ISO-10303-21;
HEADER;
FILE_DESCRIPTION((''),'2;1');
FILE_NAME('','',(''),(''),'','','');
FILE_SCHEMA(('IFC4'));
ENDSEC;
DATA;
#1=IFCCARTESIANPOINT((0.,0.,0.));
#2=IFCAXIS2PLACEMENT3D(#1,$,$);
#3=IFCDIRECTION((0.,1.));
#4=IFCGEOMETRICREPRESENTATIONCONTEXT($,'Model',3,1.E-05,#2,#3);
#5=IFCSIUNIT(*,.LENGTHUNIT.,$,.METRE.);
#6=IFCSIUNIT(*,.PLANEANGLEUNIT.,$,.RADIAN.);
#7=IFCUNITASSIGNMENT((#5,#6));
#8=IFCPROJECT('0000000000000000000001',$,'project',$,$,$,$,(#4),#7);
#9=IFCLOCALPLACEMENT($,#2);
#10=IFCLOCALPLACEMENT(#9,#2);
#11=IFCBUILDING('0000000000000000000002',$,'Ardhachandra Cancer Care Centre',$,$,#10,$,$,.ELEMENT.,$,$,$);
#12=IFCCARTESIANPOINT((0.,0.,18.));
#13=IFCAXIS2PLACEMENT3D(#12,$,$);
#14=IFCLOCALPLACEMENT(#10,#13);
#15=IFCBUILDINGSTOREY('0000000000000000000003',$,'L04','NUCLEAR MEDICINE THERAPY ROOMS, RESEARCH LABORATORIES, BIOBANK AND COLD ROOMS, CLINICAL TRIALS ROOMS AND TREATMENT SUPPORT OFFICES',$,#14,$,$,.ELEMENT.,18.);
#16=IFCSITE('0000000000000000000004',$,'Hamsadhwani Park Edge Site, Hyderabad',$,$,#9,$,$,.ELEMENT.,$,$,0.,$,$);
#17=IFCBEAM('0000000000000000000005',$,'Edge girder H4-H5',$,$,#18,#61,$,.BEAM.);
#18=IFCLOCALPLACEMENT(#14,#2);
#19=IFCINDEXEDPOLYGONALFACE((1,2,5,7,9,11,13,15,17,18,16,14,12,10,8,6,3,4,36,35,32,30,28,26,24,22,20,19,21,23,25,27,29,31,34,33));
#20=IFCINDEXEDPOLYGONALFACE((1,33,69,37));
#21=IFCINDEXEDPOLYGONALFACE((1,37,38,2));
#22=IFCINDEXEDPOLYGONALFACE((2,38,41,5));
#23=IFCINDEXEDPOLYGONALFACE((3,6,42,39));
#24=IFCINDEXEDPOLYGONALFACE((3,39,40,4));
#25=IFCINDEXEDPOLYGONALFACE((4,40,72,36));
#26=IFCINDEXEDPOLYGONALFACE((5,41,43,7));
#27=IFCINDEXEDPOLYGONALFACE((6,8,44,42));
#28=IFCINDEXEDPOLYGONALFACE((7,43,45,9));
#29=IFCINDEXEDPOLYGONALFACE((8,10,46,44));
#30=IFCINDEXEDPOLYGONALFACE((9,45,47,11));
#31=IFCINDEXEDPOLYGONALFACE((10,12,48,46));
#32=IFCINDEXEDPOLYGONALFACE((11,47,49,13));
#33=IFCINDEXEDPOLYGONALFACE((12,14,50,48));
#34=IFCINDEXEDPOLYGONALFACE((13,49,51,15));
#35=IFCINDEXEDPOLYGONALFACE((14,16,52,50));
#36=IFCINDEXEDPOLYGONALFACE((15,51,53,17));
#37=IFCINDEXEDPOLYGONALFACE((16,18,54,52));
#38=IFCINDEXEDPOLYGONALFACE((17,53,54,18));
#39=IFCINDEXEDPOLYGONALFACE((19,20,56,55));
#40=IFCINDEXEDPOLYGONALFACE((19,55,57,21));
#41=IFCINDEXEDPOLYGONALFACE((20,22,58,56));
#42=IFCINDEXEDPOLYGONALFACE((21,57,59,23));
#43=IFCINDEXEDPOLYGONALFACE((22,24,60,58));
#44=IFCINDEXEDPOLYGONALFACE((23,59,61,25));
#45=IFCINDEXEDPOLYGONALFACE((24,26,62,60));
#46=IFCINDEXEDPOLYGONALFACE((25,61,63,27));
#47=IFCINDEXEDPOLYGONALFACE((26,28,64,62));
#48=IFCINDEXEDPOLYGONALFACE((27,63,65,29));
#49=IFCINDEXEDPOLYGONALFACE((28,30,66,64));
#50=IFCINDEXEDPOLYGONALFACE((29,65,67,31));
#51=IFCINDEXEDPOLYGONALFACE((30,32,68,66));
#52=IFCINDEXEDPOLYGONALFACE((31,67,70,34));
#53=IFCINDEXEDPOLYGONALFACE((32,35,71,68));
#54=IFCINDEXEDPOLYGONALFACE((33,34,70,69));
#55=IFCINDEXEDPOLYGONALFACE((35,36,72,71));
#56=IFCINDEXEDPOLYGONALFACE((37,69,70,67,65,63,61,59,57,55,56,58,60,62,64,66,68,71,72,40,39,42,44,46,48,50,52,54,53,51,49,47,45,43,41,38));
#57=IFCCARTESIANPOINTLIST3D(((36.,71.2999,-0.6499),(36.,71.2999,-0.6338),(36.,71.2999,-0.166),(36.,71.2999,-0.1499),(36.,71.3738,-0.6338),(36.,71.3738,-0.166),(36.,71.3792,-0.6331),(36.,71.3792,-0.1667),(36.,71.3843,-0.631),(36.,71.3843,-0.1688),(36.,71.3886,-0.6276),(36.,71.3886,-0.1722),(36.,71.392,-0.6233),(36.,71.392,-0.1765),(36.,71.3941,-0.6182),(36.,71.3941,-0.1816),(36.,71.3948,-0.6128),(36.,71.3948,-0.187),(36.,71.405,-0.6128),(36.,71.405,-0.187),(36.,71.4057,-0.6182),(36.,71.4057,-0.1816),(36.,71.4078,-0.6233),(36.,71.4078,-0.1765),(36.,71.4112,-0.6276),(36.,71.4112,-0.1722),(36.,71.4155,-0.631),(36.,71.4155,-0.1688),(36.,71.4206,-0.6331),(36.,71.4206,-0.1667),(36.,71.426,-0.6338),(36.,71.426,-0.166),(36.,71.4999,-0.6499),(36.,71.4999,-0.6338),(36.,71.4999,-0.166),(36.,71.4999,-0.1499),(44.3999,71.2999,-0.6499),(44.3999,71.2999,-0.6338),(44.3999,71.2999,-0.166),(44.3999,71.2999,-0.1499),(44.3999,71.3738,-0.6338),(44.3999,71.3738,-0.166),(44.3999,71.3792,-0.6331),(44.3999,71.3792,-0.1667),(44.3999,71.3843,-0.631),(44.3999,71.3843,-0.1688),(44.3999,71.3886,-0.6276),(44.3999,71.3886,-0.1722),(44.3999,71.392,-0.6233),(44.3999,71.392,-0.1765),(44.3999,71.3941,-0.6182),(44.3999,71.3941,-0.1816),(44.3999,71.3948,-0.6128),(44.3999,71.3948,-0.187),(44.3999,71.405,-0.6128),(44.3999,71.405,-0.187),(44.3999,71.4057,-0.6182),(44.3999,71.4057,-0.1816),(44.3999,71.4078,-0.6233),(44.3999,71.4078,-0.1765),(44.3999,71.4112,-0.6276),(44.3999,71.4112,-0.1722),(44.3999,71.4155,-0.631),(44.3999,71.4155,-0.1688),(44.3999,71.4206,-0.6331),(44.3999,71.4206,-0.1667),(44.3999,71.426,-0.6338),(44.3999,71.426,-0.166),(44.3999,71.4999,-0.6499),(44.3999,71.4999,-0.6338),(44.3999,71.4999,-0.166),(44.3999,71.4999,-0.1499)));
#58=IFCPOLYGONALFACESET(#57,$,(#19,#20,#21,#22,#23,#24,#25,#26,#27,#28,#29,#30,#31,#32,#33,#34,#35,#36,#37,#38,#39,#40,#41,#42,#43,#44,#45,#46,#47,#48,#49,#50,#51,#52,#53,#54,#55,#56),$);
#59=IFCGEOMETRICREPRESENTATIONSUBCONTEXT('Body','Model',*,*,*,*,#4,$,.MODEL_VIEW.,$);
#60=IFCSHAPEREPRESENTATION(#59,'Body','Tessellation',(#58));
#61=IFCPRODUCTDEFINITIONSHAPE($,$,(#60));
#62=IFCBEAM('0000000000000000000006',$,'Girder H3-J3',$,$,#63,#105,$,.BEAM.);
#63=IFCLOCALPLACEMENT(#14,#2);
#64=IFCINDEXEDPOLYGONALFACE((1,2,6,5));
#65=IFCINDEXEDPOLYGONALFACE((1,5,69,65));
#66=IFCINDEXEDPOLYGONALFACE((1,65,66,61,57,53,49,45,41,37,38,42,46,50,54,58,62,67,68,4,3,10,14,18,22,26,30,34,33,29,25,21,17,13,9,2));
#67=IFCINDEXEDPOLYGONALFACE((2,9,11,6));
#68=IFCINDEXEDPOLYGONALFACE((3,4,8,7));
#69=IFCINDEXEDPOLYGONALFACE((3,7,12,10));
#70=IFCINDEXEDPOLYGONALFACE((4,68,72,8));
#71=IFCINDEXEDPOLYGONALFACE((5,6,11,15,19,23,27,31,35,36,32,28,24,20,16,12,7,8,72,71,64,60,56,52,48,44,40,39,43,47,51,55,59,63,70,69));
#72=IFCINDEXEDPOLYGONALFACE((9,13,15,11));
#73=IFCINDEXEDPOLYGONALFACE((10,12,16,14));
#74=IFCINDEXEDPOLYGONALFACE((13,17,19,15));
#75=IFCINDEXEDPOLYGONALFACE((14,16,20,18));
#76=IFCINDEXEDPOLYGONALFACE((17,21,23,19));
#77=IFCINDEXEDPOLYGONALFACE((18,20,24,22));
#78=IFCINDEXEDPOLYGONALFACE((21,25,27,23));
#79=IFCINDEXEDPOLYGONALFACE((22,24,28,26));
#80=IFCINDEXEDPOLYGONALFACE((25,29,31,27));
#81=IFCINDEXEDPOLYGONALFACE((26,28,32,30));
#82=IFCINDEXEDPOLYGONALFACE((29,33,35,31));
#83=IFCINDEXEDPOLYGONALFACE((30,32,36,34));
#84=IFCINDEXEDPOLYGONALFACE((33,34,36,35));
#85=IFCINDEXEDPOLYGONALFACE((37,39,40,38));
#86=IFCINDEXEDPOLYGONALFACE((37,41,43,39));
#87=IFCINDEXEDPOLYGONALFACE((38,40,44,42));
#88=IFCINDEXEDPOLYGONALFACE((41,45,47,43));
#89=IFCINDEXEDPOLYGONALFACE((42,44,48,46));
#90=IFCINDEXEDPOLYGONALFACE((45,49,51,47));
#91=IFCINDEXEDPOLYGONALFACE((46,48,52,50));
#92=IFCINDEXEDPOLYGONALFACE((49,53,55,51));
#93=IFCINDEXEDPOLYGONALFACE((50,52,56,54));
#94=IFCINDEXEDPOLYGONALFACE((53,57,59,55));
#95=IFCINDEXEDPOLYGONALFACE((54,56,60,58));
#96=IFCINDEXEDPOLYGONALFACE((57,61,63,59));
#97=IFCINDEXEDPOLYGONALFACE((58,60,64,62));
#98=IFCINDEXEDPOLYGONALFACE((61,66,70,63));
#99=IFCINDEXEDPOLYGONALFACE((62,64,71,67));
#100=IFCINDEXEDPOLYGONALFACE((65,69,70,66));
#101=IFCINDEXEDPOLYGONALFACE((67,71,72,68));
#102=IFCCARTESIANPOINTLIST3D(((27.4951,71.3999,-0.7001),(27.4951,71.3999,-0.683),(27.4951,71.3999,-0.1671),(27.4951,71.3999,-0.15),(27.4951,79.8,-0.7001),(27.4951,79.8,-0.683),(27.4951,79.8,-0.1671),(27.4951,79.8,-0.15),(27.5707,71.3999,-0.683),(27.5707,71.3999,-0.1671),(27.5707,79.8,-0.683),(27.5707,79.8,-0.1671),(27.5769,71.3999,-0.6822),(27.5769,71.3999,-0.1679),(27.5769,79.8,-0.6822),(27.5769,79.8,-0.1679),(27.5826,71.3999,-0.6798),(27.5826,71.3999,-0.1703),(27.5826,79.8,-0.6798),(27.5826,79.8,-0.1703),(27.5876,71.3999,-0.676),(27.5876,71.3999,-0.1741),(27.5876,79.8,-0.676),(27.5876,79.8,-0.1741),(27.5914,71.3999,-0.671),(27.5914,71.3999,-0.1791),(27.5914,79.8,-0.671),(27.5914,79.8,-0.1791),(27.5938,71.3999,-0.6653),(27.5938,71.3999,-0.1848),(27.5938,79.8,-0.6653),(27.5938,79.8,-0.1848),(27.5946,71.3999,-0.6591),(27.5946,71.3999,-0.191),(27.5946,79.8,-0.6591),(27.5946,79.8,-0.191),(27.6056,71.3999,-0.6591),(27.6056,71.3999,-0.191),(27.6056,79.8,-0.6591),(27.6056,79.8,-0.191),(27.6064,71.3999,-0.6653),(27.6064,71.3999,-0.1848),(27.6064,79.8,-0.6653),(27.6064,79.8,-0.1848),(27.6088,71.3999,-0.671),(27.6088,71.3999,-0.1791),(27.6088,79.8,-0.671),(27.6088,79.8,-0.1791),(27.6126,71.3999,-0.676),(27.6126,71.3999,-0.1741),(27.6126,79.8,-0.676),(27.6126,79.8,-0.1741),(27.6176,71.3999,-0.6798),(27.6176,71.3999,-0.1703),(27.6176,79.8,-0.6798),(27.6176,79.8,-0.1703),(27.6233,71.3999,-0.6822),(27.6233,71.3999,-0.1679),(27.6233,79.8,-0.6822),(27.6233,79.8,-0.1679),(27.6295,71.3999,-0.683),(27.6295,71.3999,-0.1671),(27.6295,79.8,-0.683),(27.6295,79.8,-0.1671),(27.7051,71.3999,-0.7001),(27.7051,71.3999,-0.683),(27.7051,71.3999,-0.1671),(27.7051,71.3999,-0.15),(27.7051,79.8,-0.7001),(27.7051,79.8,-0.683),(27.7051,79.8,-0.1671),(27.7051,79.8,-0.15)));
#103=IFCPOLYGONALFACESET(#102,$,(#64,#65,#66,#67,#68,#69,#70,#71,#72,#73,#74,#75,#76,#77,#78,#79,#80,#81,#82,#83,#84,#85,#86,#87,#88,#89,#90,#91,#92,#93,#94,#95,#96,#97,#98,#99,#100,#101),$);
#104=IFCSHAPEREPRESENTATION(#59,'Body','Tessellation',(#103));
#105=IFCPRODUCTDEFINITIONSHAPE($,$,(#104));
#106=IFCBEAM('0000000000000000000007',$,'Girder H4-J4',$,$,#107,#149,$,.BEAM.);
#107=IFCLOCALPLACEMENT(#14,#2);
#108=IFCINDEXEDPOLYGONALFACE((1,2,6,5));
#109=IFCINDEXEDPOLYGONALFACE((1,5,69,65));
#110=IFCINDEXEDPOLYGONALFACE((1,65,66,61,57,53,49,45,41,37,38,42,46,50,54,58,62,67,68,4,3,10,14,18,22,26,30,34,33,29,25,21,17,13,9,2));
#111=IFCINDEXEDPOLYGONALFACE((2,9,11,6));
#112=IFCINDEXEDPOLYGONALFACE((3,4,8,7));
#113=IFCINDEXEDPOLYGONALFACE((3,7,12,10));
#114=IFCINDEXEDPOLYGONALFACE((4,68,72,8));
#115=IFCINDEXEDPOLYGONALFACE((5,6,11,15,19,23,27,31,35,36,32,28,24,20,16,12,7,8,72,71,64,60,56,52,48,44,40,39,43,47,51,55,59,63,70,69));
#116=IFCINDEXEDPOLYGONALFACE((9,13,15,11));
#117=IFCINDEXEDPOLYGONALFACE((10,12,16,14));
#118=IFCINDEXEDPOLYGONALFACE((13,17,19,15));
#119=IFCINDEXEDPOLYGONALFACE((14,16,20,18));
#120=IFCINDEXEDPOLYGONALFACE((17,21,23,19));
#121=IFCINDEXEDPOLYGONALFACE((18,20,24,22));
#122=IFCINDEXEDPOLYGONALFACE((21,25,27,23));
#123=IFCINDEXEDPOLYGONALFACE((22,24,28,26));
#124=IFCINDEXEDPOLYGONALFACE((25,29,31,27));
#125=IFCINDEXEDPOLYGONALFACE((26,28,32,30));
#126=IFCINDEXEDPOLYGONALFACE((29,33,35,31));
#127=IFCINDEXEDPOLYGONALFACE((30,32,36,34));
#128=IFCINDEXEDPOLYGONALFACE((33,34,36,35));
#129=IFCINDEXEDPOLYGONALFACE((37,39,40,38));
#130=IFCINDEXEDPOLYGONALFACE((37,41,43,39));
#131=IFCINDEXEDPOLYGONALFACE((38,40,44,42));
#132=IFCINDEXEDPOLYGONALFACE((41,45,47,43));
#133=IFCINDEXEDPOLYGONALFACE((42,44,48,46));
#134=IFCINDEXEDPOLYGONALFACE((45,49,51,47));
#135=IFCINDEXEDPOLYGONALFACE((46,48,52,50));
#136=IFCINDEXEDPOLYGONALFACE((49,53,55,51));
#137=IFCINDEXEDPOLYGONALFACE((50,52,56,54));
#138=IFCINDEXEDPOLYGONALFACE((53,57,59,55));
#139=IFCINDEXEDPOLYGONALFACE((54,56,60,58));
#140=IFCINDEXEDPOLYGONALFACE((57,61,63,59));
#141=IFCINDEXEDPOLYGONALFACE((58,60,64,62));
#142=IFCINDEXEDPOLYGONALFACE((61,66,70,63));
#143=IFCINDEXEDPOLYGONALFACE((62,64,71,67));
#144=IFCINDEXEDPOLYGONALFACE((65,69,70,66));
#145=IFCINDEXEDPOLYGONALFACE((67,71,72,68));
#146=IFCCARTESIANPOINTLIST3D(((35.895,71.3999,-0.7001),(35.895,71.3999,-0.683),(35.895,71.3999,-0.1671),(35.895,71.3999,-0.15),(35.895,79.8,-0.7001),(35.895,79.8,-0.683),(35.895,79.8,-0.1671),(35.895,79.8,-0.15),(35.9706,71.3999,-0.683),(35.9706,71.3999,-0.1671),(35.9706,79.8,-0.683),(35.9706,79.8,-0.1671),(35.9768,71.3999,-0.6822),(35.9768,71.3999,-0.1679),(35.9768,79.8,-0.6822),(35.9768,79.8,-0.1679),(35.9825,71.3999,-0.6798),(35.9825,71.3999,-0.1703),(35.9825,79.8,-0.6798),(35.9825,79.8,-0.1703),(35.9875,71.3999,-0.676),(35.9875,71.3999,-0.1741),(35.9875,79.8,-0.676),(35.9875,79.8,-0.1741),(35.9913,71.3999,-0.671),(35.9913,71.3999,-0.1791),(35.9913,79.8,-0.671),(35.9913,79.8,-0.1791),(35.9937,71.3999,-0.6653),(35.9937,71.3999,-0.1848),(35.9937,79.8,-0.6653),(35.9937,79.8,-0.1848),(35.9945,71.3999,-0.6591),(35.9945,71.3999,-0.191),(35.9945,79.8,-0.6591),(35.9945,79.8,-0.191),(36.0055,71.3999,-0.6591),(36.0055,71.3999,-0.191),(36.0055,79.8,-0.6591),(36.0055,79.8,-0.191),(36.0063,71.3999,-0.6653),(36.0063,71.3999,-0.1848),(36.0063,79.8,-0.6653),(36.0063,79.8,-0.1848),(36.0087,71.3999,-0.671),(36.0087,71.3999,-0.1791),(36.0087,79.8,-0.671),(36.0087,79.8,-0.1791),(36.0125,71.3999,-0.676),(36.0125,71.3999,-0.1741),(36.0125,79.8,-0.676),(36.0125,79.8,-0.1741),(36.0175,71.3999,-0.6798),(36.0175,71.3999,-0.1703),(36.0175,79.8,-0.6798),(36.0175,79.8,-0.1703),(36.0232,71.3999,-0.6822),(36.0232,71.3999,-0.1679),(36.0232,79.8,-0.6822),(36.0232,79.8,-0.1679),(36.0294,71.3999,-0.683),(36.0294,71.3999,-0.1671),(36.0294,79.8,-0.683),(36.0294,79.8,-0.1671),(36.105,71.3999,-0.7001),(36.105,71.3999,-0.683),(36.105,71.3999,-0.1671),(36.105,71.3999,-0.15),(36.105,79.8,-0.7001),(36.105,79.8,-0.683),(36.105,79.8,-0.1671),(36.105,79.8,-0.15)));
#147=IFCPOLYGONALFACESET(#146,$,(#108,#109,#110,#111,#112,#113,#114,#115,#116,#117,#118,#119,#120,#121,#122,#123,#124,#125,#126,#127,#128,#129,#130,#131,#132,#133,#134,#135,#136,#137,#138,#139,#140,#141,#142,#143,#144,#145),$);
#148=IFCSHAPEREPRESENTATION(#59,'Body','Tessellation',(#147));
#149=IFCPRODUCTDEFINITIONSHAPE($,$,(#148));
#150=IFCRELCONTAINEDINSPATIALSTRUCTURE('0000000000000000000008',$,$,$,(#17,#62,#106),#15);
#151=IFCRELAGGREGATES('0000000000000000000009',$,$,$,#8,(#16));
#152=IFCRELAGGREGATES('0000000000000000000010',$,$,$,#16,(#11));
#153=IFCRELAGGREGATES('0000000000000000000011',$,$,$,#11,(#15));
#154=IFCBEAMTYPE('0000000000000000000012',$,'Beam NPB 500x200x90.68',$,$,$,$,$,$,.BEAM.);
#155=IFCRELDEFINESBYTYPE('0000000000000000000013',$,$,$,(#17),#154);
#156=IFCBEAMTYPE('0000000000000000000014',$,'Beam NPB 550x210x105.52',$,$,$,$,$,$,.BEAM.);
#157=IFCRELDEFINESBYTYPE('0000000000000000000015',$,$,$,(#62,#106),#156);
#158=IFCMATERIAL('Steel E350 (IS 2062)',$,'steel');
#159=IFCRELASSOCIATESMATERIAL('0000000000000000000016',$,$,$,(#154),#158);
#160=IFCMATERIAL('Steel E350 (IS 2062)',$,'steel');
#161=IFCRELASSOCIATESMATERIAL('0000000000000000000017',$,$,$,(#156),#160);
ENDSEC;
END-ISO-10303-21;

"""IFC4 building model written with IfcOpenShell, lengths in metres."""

from ifc_helpers import new_model, si_unit, direction, frame, origin, origin_2d, place, context, subcontext, project, spatial, i_section, extrude, material, material_profile, profile_set, type_object, element, save


model = new_model("IFC4")

# Units and contexts
model_context = context("Model", 3, precision=1e-05, world=origin(), true_north=direction((0.0, 1.0)))
body_context = subcontext(model_context, "Body", "Model", "MODEL_VIEW")
ifc_project = project(units=[si_unit("LENGTHUNIT", "METRE"), si_unit("PLANEANGLEUNIT", "RADIAN")], contexts=[model_context])

# Site, building, storey
site_placement = place(None, origin())
site = spatial("IfcSite", under=ifc_project, at=site_placement, Name="Hamsadhwani Park Edge Site, Hyderabad", CompositionType="ELEMENT", RefElevation=0.0)
building_placement = place(site_placement, origin())
building = spatial("IfcBuilding", under=site, at=building_placement, Name="Ardhachandra Cancer Care Centre", CompositionType="ELEMENT")
storey_placement = place(building_placement, frame((0.0, 0.0, 18.0)))
storey = spatial("IfcBuildingStorey", under=building, at=storey_placement, Name="L04", Description="NUCLEAR MEDICINE THERAPY ROOMS, RESEARCH LABORATORIES, BIOBANK AND COLD ROOMS, CLINICAL TRIALS ROOMS AND TREATMENT SUPPORT OFFICES", CompositionType="ELEMENT", Elevation=18.0)

# Beams
ifc_material_1 = material(Name="Steel E350 (IS 2062)", Category="steel")
ifc_material_profile_1 = material_profile(ifc_material_1, i_section(OverallWidth=0.2, OverallDepth=0.5, WebThickness=0.0103, FlangeThickness=0.0161, FilletRadius=0.021, at=origin_2d()), Name="NPB 500x200x90.68")
ifc_profile_set_1 = profile_set([ifc_material_profile_1], Name="Steel E350 (IS 2062)")
beam_type_1 = type_object("IfcBeamType", Name="Beam NPB 500x200x90.68", PredefinedType="BEAM", material=ifc_profile_set_1)
for number, where, z_axis, x_axis, name in (
    (1, (36.0, 71.3999, -0.3999), (1.0, 0.0, 0.0), (0.0, 1.0, 0.0), "Edge girder H4-H5"),
):
    element("IfcBeam", number, at=place(storey_placement, frame(where, z_axis=z_axis, x_axis=x_axis)), inside=storey, type_object=beam_type_1, Name=name, PredefinedType="BEAM", context=body_context, shape_type="SweptSolid", body=[
        extrude(i_section(OverallWidth=0.2, OverallDepth=0.5, WebThickness=0.0103, FlangeThickness=0.0161, FilletRadius=0.021, at=origin_2d()), origin(), (0.0, 0.0, 1.0), 8.3999),
    ])
ifc_material_2 = material(Name="Steel E350 (IS 2062)", Category="steel")
ifc_material_profile_2 = material_profile(ifc_material_2, i_section(OverallWidth=0.21, OverallDepth=0.55, WebThickness=0.011, FlangeThickness=0.0171, FilletRadius=0.0239, at=origin_2d()), Name="NPB 550x210x105.52")
ifc_profile_set_2 = profile_set([ifc_material_profile_2], Name="Steel E350 (IS 2062)")
beam_type_2 = type_object("IfcBeamType", Name="Beam NPB 550x210x105.52", PredefinedType="BEAM", material=ifc_profile_set_2)
for number, where, z_axis, x_axis, name in (
    (2, (27.6001, 71.3999, -0.425), (0.0, 1.0, 0.0), (-1.0, 0.0, 0.0), "Girder H3-J3"),
    (3, (36.0, 71.3999, -0.425), (0.0, 1.0, 0.0), (-1.0, 0.0, 0.0), "Girder H4-J4"),
):
    element("IfcBeam", number, at=place(storey_placement, frame(where, z_axis=z_axis, x_axis=x_axis)), inside=storey, type_object=beam_type_2, Name=name, PredefinedType="BEAM", context=body_context, shape_type="SweptSolid", body=[
        extrude(i_section(OverallWidth=0.21, OverallDepth=0.55, WebThickness=0.011, FlangeThickness=0.0171, FilletRadius=0.0239, at=origin_2d()), origin(), (0.0, 0.0, 1.0), 8.4001),
    ])

save(model, "model.ifc")
